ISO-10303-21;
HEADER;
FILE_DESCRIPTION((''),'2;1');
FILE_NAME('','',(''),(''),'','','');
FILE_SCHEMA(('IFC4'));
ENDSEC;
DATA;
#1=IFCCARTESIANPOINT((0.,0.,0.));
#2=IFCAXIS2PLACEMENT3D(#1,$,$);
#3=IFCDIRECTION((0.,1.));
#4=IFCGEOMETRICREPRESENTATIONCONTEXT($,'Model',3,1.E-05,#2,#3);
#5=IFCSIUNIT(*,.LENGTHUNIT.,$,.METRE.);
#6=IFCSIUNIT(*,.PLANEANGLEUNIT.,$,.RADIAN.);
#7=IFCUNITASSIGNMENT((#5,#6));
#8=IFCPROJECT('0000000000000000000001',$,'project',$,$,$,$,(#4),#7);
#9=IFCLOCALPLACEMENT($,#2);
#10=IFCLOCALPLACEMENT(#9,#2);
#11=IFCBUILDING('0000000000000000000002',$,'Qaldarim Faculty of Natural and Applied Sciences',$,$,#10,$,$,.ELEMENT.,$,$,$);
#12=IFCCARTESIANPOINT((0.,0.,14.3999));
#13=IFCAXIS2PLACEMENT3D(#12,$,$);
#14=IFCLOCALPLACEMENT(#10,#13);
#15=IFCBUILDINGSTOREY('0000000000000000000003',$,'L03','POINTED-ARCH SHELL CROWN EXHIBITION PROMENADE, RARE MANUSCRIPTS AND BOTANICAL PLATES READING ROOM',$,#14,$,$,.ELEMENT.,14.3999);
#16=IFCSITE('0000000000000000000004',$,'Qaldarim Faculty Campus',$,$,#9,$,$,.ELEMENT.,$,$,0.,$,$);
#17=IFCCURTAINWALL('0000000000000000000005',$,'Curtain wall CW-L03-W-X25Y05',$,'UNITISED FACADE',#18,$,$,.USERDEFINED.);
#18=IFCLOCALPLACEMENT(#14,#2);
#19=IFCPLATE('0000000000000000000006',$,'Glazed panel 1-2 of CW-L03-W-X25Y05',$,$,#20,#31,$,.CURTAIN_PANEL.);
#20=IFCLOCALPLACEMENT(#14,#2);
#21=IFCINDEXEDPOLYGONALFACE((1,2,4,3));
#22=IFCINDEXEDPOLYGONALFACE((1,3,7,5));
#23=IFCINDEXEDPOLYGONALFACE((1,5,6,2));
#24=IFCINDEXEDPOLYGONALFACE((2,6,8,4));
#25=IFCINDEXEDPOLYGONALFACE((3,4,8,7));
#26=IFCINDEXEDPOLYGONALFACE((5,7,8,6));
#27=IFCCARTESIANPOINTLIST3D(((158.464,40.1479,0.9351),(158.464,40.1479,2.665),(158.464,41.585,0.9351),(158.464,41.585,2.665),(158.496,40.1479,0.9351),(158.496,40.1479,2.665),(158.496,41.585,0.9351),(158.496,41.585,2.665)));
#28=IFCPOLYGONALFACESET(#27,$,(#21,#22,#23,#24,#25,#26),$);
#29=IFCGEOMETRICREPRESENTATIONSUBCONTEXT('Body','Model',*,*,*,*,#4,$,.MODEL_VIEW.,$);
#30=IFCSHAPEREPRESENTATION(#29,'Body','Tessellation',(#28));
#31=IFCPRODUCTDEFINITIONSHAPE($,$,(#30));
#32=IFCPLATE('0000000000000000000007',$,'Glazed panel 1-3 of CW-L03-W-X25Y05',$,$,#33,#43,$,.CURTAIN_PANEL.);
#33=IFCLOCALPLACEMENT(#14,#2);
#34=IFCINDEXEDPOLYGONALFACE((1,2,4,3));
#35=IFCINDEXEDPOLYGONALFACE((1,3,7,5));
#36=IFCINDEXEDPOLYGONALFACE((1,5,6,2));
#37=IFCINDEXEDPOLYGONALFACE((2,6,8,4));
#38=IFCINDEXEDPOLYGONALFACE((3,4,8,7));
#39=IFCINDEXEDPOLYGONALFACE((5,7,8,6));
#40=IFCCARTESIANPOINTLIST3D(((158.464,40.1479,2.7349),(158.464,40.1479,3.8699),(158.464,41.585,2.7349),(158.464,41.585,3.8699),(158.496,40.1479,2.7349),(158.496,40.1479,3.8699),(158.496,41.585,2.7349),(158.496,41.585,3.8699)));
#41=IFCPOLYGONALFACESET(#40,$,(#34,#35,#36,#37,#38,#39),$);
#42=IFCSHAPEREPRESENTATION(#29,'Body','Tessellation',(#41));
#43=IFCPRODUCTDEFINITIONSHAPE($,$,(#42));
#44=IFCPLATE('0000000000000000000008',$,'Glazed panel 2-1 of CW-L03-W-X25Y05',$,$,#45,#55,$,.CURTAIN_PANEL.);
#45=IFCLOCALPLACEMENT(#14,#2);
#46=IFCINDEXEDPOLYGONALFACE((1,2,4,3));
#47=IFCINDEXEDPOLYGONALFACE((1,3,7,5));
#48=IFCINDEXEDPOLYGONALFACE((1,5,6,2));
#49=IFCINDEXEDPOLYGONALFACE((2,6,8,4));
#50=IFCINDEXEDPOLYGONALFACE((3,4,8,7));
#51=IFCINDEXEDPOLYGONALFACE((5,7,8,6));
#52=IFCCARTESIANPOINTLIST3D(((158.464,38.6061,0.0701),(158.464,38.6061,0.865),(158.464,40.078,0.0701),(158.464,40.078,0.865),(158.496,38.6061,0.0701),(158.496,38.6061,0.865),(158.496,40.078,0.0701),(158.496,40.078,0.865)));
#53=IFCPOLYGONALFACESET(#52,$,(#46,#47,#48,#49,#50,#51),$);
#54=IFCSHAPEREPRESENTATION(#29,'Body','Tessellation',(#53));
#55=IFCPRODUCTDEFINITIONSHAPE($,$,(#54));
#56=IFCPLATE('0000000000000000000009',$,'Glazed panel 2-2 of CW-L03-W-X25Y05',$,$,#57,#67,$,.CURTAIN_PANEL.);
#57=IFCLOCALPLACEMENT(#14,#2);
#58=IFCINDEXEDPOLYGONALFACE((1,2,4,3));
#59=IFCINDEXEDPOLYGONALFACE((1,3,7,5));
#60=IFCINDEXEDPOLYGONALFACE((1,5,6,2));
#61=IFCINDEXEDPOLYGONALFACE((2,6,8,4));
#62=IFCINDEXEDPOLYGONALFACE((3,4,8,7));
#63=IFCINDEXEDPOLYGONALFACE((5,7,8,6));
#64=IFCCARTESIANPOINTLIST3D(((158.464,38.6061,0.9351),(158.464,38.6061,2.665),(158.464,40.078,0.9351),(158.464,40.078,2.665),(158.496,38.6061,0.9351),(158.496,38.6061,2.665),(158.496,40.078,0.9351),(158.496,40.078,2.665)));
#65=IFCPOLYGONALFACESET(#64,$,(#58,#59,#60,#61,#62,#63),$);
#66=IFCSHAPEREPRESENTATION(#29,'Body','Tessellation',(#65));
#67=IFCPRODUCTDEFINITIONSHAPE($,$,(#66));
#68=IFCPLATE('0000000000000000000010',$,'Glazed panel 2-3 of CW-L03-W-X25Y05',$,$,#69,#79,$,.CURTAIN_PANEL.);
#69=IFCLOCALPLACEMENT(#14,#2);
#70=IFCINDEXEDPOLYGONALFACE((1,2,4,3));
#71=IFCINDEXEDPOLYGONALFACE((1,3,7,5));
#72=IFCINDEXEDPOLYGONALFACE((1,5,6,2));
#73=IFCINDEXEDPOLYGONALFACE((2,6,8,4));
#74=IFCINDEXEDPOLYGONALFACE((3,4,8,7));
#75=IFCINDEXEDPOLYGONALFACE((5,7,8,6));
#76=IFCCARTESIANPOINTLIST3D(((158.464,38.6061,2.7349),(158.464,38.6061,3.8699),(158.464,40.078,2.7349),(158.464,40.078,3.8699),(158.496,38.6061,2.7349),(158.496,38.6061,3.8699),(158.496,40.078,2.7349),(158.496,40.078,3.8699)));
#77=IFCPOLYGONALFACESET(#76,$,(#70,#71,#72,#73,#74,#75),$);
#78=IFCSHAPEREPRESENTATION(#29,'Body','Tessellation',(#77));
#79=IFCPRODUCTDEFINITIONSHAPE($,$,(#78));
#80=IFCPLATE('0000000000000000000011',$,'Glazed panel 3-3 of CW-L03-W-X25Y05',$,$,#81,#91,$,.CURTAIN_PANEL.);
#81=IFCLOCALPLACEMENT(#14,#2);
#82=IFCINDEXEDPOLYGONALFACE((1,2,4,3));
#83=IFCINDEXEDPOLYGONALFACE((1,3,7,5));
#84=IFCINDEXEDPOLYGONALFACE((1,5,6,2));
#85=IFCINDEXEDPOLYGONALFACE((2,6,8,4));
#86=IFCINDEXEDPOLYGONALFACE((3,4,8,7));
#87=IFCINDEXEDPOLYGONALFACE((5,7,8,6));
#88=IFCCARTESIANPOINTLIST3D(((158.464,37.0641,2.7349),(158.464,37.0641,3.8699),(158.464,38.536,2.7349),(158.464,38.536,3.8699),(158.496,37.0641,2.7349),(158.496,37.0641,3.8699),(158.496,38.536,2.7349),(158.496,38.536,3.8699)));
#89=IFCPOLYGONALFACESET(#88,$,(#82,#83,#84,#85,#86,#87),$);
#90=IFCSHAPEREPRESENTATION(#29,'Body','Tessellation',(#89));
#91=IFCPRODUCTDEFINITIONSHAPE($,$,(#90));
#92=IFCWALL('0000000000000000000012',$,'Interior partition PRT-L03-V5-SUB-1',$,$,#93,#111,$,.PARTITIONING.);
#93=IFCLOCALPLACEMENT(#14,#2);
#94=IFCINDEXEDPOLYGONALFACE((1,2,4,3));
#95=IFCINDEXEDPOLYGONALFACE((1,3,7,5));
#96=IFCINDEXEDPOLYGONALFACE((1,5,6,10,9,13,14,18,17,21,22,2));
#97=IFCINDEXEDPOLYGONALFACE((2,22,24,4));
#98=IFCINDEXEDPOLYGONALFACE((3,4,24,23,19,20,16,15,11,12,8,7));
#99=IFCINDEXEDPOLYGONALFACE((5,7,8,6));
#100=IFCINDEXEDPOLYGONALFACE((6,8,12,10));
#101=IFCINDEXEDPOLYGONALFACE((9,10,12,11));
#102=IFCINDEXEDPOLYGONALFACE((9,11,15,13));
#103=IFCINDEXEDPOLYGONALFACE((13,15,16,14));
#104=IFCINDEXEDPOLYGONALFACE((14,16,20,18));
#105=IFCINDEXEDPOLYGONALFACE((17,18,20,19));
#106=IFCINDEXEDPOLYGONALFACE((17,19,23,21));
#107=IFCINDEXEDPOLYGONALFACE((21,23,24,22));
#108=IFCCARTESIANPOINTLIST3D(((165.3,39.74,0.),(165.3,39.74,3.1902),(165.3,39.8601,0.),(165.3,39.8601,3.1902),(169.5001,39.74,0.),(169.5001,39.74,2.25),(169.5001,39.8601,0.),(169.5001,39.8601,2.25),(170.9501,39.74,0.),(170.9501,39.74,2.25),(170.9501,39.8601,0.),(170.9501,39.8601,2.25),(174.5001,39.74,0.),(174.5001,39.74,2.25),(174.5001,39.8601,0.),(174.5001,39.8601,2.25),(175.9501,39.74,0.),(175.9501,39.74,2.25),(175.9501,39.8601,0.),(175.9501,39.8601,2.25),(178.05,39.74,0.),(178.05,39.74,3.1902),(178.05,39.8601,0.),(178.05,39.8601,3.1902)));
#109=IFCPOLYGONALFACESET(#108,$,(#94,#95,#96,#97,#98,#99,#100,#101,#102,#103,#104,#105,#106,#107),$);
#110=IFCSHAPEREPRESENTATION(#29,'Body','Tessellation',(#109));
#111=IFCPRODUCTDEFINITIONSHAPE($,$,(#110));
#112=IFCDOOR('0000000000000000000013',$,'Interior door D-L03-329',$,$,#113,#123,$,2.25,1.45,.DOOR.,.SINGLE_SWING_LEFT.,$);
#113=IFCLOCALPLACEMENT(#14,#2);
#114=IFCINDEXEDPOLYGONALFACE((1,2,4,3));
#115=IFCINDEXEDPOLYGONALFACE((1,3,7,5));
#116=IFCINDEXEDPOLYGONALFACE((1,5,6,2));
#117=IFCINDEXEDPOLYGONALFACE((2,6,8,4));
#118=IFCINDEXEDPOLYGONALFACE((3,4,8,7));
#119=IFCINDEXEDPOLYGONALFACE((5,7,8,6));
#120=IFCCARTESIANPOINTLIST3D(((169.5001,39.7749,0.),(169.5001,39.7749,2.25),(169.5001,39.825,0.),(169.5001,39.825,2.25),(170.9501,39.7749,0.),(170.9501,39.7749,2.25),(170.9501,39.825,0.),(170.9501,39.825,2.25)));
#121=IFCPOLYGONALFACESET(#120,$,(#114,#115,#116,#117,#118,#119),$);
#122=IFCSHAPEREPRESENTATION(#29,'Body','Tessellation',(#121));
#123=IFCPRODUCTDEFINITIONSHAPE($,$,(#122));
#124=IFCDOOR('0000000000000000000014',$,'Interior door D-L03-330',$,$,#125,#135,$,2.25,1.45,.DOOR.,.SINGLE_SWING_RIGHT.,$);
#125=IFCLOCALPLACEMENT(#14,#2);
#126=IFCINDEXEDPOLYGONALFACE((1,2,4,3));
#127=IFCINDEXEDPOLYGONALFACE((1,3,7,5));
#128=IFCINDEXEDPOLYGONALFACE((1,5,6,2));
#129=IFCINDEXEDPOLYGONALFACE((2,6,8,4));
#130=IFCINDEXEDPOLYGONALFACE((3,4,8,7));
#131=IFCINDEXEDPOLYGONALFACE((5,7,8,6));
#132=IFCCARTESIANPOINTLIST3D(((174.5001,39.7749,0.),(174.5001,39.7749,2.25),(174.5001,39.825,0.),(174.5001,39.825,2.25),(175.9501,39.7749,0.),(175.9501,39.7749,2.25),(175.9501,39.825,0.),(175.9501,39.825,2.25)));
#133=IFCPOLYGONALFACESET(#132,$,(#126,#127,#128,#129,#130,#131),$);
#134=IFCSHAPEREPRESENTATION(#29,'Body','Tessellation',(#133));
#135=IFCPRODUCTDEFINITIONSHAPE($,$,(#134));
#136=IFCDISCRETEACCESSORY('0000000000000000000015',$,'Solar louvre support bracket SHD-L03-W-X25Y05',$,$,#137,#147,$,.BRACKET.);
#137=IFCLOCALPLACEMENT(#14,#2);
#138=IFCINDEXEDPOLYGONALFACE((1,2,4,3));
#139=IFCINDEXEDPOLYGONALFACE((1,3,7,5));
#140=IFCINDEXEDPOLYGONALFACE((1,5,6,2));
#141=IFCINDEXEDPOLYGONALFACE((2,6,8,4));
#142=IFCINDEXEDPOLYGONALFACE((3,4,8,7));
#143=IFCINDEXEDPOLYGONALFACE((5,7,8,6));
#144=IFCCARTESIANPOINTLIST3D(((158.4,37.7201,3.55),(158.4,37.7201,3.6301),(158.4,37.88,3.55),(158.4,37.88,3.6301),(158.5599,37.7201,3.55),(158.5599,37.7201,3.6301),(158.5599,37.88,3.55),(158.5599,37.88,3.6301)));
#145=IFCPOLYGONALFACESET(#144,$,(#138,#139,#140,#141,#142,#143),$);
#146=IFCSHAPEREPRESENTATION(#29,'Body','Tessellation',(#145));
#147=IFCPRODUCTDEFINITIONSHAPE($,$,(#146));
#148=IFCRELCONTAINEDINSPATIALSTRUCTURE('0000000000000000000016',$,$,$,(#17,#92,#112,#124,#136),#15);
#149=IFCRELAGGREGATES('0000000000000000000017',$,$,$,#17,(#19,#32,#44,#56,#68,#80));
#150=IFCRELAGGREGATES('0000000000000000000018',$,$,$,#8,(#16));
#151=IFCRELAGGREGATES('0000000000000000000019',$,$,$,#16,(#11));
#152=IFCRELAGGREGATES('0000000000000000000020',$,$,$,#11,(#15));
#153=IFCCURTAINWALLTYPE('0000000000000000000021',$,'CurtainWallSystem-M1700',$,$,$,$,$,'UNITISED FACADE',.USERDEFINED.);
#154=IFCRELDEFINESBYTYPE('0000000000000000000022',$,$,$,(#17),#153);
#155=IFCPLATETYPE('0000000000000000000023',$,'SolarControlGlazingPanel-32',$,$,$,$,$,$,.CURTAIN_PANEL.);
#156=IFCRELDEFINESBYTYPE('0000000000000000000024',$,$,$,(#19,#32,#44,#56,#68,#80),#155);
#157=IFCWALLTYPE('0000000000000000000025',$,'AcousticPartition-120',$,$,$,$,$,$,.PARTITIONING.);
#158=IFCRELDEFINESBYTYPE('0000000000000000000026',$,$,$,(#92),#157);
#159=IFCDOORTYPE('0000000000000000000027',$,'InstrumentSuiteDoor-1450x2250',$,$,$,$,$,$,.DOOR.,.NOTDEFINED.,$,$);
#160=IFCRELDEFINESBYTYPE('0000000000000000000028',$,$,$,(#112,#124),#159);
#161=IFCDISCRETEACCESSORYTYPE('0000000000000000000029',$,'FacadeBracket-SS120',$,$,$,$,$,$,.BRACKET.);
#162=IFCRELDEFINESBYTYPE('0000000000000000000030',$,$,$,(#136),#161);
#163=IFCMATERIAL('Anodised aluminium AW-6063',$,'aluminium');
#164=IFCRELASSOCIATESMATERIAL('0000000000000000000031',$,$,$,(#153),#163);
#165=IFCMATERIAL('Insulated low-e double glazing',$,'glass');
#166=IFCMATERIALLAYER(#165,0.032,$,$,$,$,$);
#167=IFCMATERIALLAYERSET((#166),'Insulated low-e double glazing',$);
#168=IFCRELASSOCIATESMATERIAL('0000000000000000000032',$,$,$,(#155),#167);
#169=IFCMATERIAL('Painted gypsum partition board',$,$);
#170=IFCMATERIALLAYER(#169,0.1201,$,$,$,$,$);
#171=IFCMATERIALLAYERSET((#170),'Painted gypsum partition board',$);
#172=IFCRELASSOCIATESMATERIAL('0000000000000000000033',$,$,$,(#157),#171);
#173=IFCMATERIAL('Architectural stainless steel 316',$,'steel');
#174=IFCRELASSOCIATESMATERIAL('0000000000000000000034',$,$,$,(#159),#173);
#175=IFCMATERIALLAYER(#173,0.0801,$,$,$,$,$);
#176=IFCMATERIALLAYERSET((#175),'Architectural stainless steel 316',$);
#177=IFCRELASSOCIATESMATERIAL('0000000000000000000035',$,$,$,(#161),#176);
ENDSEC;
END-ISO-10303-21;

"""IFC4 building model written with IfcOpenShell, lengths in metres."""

from ifc_helpers import new_model, si_unit, direction, frame, frame_2d, origin, origin_2d, place, context, subcontext, project, spatial, rectangle, extrude, material, layer, layer_set, type_object, element, fill, aggregate, save


model = new_model("IFC4")

# Units and contexts
model_context = context("Model", 3, precision=1e-05, world=origin(), true_north=direction((0.0, 1.0)))
body_context = subcontext(model_context, "Body", "Model", "MODEL_VIEW")
ifc_project = project(units=[si_unit("LENGTHUNIT", "METRE"), si_unit("PLANEANGLEUNIT", "RADIAN")], contexts=[model_context])

# Site, building, storey
site_placement = place(None, origin())
site = spatial("IfcSite", under=ifc_project, at=site_placement, Name="Qaldarim Faculty Campus", CompositionType="ELEMENT", RefElevation=0.0)
building_placement = place(site_placement, origin())
building = spatial("IfcBuilding", under=site, at=building_placement, Name="Qaldarim Faculty of Natural and Applied Sciences", CompositionType="ELEMENT")
storey_placement = place(building_placement, frame((0.0, 0.0, 14.3999)))
storey = spatial("IfcBuildingStorey", under=building, at=storey_placement, Name="L03", Description="POINTED-ARCH SHELL CROWN EXHIBITION PROMENADE, RARE MANUSCRIPTS AND BOTANICAL PLATES READING ROOM", CompositionType="ELEMENT", Elevation=14.3999)

# Curtain wall
ifc_material_1 = material(Name="Anodised aluminium AW-6063", Category="aluminium")
curtain_wall_type = type_object("IfcCurtainWallType", Name="CurtainWallSystem-M1700", ElementType="UNITISED FACADE", PredefinedType="USERDEFINED", material=ifc_material_1)
curtain_wall_placement = place(storey_placement, origin())
curtain_wall = element("IfcCurtainWall", 1, at=curtain_wall_placement, inside=storey, type_object=curtain_wall_type, Name="Curtain wall CW-L03-W-X25Y05", ObjectType="UNITISED FACADE", PredefinedType="USERDEFINED")

# Plates
ifc_material_2 = material(Name="Insulated low-e double glazing", Category="glass")
ifc_layer_1 = layer(ifc_material_2, 0.032)
ifc_layer_set_1 = layer_set([ifc_layer_1], Name="Insulated low-e double glazing")
plate_type = type_object("IfcPlateType", Name="SolarControlGlazingPanel-32", PredefinedType="CURTAIN_PANEL", material=ifc_layer_set_1)
plate_1_placement = place(storey_placement, frame((158.48, 40.8665, 0.9351), z_axis=(0.0, 0.0, 1.0), x_axis=(0.0, -1.0, 0.0)))
plate_1 = element("IfcPlate", 2, at=plate_1_placement, type_object=plate_type, Name="Glazed panel 1-2 of CW-L03-W-X25Y05", PredefinedType="CURTAIN_PANEL", context=body_context, shape_type="SweptSolid", body=[
    extrude(rectangle(XDim=1.437, YDim=0.032, at=origin_2d()), origin(), (0.0, 0.0, 1.0), 1.73),
])
plate_2_placement = place(storey_placement, frame((158.48, 40.8665, 2.7349), z_axis=(0.0, 0.0, 1.0), x_axis=(0.0, -1.0, 0.0)))
plate_2 = element("IfcPlate", 3, at=plate_2_placement, type_object=plate_type, Name="Glazed panel 1-3 of CW-L03-W-X25Y05", PredefinedType="CURTAIN_PANEL", context=body_context, shape_type="SweptSolid", body=[
    extrude(rectangle(XDim=1.437, YDim=0.032, at=origin_2d()), origin(), (0.0, 0.0, 1.0), 1.135),
])
plate_3_placement = place(storey_placement, frame((158.48, 39.342, 0.0701), z_axis=(0.0, 0.0, 1.0), x_axis=(0.0, -1.0, 0.0)))
plate_3 = element("IfcPlate", 4, at=plate_3_placement, type_object=plate_type, Name="Glazed panel 2-1 of CW-L03-W-X25Y05", PredefinedType="CURTAIN_PANEL", context=body_context, shape_type="SweptSolid", body=[
    extrude(rectangle(XDim=1.4719, YDim=0.032, at=origin_2d()), origin(), (0.0, 0.0, 1.0), 0.7949),
])
plate_4_placement = place(storey_placement, frame((158.48, 39.342, 0.9351), z_axis=(0.0, 0.0, 1.0), x_axis=(0.0, -1.0, 0.0)))
plate_4 = element("IfcPlate", 5, at=plate_4_placement, type_object=plate_type, Name="Glazed panel 2-2 of CW-L03-W-X25Y05", PredefinedType="CURTAIN_PANEL", context=body_context, shape_type="SweptSolid", body=[
    extrude(rectangle(XDim=1.4719, YDim=0.032, at=origin_2d()), origin(), (0.0, 0.0, 1.0), 1.73),
])
plate_5_placement = place(storey_placement, frame((158.48, 39.342, 2.7349), z_axis=(0.0, 0.0, 1.0), x_axis=(0.0, -1.0, 0.0)))
plate_5 = element("IfcPlate", 6, at=plate_5_placement, type_object=plate_type, Name="Glazed panel 2-3 of CW-L03-W-X25Y05", PredefinedType="CURTAIN_PANEL", context=body_context, shape_type="SweptSolid", body=[
    extrude(rectangle(XDim=1.4719, YDim=0.032, at=origin_2d()), origin(), (0.0, 0.0, 1.0), 1.135),
])
plate_6_placement = place(storey_placement, frame((158.48, 37.8, 2.7349), z_axis=(0.0, 0.0, 1.0), x_axis=(0.0, -1.0, 0.0)))
plate_6 = element("IfcPlate", 7, at=plate_6_placement, type_object=plate_type, Name="Glazed panel 3-3 of CW-L03-W-X25Y05", PredefinedType="CURTAIN_PANEL", context=body_context, shape_type="SweptSolid", body=[
    extrude(rectangle(XDim=1.4719, YDim=0.032, at=origin_2d()), origin(), (0.0, 0.0, 1.0), 1.135),
])
aggregate(curtain_wall, [plate_1, plate_2, plate_3, plate_4, plate_5, plate_6])

# Wall, openings, doors
ifc_material_3 = material(Name="Painted gypsum partition board")
ifc_layer_2 = layer(ifc_material_3, 0.1201)
ifc_layer_set_2 = layer_set([ifc_layer_2], Name="Painted gypsum partition board")
wall_type = type_object("IfcWallType", Name="AcousticPartition-120", PredefinedType="PARTITIONING", material=ifc_layer_set_2)
wall_placement = place(storey_placement, frame((165.3, 39.8, 0.0), z_axis=(0.0, 0.0, 1.0), x_axis=(1.0, 0.0, 0.0)))
wall = element("IfcWall", 8, at=wall_placement, inside=storey, type_object=wall_type, Name="Interior partition PRT-L03-V5-SUB-1", PredefinedType="PARTITIONING", context=body_context, shape_type="SweptSolid", body=[
    extrude(rectangle(XDim=12.75, YDim=0.1201, at=frame_2d((6.375, 0.0))), origin(), (0.0, 0.0, 1.0), 3.1902),
])
opening_1_placement = place(wall_placement, frame((4.2, 0.0, 0.0)))
opening_1 = element("IfcOpeningElement", 9, at=opening_1_placement, cuts=wall, PredefinedType="OPENING", context=body_context, shape_type="SweptSolid", body=[
    extrude(rectangle(XDim=1.45, YDim=2.25, at=frame_2d((0.7251, 1.125))), frame((0.0, 0.0701, 0.0), z_axis=(0.0, -1.0, 0.0), x_axis=(1.0, 0.0, 0.0)), (0.0, 0.0, 1.0), 0.1401),
])
opening_2_placement = place(wall_placement, frame((9.2, 0.0, 0.0)))
opening_2 = element("IfcOpeningElement", 10, at=opening_2_placement, cuts=wall, PredefinedType="OPENING", context=body_context, shape_type="SweptSolid", body=[
    extrude(rectangle(XDim=1.45, YDim=2.25, at=frame_2d((0.7251, 1.125))), frame((0.0, 0.0701, 0.0), z_axis=(0.0, -1.0, 0.0), x_axis=(1.0, 0.0, 0.0)), (0.0, 0.0, 1.0), 0.1401),
])
ifc_material_4 = material(Name="Architectural stainless steel 316", Category="steel")
door_type = type_object("IfcDoorType", Name="InstrumentSuiteDoor-1450x2250", OperationType="NOTDEFINED", PredefinedType="DOOR", material=ifc_material_4)
door_1_placement = place(opening_1_placement, origin())
door_1 = element("IfcDoor", 11, at=door_1_placement, inside=storey, type_object=door_type, Name="Interior door D-L03-329", OperationType="SINGLE_SWING_LEFT", OverallHeight=2.25, OverallWidth=1.45, PredefinedType="DOOR", context=body_context, shape_type="SweptSolid", body=[
    extrude(rectangle(XDim=1.45, YDim=2.25, at=frame_2d((0.7251, 1.125))), frame((0.0, 0.0249, 0.0), z_axis=(0.0, -1.0, 0.0), x_axis=(1.0, 0.0, 0.0)), (0.0, 0.0, 1.0), 0.05),
])
fill(opening_1, door_1)
door_2_placement = place(opening_2_placement, origin())
door_2 = element("IfcDoor", 12, at=door_2_placement, inside=storey, type_object=door_type, Name="Interior door D-L03-330", OperationType="SINGLE_SWING_RIGHT", OverallHeight=2.25, OverallWidth=1.45, PredefinedType="DOOR", context=body_context, shape_type="SweptSolid", body=[
    extrude(rectangle(XDim=1.45, YDim=2.25, at=frame_2d((0.7251, 1.125))), frame((0.0, 0.0249, 0.0), z_axis=(0.0, -1.0, 0.0), x_axis=(1.0, 0.0, 0.0)), (0.0, 0.0, 1.0), 0.05),
])
fill(opening_2, door_2)

# Discrete accessory
ifc_layer_3 = layer(ifc_material_4, 0.0801)
ifc_layer_set_3 = layer_set([ifc_layer_3], Name="Architectural stainless steel 316")
discrete_accessory_type = type_object("IfcDiscreteAccessoryType", Name="FacadeBracket-SS120", PredefinedType="BRACKET", material=ifc_layer_set_3)
discrete_accessory_placement = place(storey_placement, frame((158.48, 37.8, 3.55), z_axis=(0.0, 0.0, 1.0), x_axis=(0.0, 1.0, 0.0)))
element("IfcDiscreteAccessory", 13, at=discrete_accessory_placement, inside=storey, type_object=discrete_accessory_type, Name="Solar louvre support bracket SHD-L03-W-X25Y05", PredefinedType="BRACKET", context=body_context, shape_type="SweptSolid", body=[
    extrude(rectangle(XDim=0.1599, YDim=0.1599, at=origin_2d()), origin(), (0.0, 0.0, 1.0), 0.0801),
])

save(model, "model.ifc")
